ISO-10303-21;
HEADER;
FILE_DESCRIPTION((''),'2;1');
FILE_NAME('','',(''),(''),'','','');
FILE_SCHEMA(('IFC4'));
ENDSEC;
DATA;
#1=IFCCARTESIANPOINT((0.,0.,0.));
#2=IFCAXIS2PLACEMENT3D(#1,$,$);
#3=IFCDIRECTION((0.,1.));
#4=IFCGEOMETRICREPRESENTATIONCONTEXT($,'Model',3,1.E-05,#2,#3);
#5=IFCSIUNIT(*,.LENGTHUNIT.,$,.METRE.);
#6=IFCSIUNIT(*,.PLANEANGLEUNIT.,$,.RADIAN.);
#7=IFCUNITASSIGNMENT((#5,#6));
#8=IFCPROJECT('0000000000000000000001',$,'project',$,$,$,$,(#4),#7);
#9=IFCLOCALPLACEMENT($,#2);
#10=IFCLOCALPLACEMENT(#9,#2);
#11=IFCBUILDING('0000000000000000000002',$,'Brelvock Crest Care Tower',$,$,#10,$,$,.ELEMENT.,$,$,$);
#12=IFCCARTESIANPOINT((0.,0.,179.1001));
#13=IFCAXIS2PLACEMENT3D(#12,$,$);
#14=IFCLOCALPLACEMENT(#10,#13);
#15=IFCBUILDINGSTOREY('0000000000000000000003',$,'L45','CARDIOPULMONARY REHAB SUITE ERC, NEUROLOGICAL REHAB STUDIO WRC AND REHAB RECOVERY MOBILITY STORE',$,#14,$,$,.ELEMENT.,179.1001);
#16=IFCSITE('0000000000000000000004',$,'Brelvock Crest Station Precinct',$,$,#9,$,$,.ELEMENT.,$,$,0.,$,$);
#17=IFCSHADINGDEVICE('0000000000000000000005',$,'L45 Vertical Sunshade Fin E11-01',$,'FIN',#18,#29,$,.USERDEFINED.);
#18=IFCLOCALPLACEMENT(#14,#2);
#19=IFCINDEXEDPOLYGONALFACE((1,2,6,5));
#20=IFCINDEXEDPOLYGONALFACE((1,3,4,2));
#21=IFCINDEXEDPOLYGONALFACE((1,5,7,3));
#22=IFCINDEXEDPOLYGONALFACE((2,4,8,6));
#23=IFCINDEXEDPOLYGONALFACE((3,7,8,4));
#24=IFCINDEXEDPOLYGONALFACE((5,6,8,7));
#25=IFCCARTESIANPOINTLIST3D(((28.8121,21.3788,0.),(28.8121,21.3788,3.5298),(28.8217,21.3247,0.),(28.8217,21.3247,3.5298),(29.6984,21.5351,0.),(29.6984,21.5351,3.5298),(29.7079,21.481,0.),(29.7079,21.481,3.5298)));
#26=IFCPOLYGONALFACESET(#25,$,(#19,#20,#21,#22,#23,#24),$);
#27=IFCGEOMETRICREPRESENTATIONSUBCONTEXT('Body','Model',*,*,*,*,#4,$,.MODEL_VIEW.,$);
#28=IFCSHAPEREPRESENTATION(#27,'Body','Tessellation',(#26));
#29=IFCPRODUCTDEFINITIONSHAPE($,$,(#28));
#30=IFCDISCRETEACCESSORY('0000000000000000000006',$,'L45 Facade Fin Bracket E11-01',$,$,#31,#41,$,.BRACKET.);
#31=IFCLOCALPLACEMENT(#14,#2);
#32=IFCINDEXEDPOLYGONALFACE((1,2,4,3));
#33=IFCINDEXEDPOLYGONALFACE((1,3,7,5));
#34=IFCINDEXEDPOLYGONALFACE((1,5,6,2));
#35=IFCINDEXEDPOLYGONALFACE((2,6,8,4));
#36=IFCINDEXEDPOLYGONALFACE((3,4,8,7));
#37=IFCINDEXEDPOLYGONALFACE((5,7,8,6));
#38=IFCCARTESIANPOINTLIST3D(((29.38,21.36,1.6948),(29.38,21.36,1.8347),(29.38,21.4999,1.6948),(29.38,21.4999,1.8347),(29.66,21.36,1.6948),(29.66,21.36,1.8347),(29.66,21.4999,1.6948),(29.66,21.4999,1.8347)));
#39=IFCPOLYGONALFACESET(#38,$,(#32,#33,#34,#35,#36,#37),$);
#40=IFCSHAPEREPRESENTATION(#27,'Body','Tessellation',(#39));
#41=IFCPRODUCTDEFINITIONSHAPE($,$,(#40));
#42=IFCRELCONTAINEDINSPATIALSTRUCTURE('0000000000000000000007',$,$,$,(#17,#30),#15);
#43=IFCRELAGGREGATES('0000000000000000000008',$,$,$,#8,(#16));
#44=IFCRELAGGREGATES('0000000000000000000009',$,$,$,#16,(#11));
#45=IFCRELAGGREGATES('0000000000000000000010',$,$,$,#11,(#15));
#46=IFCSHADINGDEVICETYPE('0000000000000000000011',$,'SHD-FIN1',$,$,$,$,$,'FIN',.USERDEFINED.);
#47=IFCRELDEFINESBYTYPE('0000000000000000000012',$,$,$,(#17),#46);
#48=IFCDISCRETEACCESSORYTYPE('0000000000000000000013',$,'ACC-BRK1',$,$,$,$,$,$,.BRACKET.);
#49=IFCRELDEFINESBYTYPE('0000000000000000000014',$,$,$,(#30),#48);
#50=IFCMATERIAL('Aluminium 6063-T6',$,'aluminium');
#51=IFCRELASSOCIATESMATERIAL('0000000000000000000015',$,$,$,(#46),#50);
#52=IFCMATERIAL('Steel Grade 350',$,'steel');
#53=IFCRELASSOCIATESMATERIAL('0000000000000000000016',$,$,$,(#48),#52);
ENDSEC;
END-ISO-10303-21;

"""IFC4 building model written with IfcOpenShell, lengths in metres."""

from ifc_helpers import new_model, si_unit, direction, frame, origin, origin_2d, place, context, subcontext, project, spatial, rectangle, extrude, source, transform, mapped, material, material_profile, profile_set, type_object, element, save


model = new_model("IFC4")

# Units and contexts
model_context = context("Model", 3, precision=1e-05, world=origin(), true_north=direction((0.0, 1.0)))
body_context = subcontext(model_context, "Body", "Model", "MODEL_VIEW")
ifc_project = project(units=[si_unit("LENGTHUNIT", "METRE"), si_unit("PLANEANGLEUNIT", "RADIAN")], contexts=[model_context])

# Site, building, storey
site_placement = place(None, origin())
site = spatial("IfcSite", under=ifc_project, at=site_placement, Name="Brelvock Crest Station Precinct", CompositionType="ELEMENT", RefElevation=0.0)
building_placement = place(site_placement, origin())
building = spatial("IfcBuilding", under=site, at=building_placement, Name="Brelvock Crest Care Tower", CompositionType="ELEMENT")
storey_placement = place(building_placement, frame((0.0, 0.0, 179.1001)))
storey = spatial("IfcBuildingStorey", under=building, at=storey_placement, Name="L45", Description="CARDIOPULMONARY REHAB SUITE ERC, NEUROLOGICAL REHAB STUDIO WRC AND REHAB RECOVERY MOBILITY STORE", CompositionType="ELEMENT", Elevation=179.1001)

# Shared definitions
ifc_material_1 = material(Name="Steel Grade 350", Category="steel")

# Shared definitions
ifc_material_2 = material(Name="Aluminium 6063-T6", Category="aluminium")

# Shading device
ifc_material_profile_1 = material_profile(ifc_material_2, rectangle(XDim=0.0549, YDim=0.8999, at=origin_2d()), Name="FIN55x900")
ifc_profile_set_1 = profile_set([ifc_material_profile_1], Name="Aluminium 6063-T6")
shading_device_type = type_object("IfcShadingDeviceType", Name="SHD-FIN1", ElementType="FIN", PredefinedType="USERDEFINED", material=ifc_profile_set_1)
shared_shape_1 = source(origin(), body_context, "Body", "SweptSolid", [
    extrude(rectangle(XDim=0.0549, YDim=0.8999, at=origin_2d()), origin(), (0.0, 0.0, 1.0), 3.5298),
])
shading_device_placement = place(storey_placement, frame((29.26, 21.4299, 0.0), z_axis=(0.0, 0.0, 1.0), x_axis=(-0.173648, 0.984808, 0.0)))
element("IfcShadingDevice", 1, at=shading_device_placement, inside=storey, type_object=shading_device_type, Name="L45 Vertical Sunshade Fin E11-01", ObjectType="FIN", PredefinedType="USERDEFINED", context=body_context, shape_type="MappedRepresentation", body=[
    mapped(shared_shape_1, transform((0.0, 0.0, 0.0), x_axis=(1.0, 0.0, 0.0), y_axis=(0.0, 1.0, 0.0), z_axis=(0.0, 0.0, 1.0), scale=1.0)),
])

# Discrete accessory
discrete_accessory_type = type_object("IfcDiscreteAccessoryType", Name="ACC-BRK1", PredefinedType="BRACKET", material=ifc_material_1)
shared_shape_2 = source(origin(), body_context, "Body", "SweptSolid", [
    extrude(rectangle(XDim=0.28, YDim=0.1399, at=origin_2d()), origin(), (0.0, 0.0, 1.0), 0.1399),
])
discrete_accessory_placement = place(storey_placement, frame((29.52, 21.4299, 1.6948), z_axis=(0.0, 0.0, 1.0), x_axis=(-1.0, 0.0, 0.0)))
element("IfcDiscreteAccessory", 2, at=discrete_accessory_placement, inside=storey, type_object=discrete_accessory_type, Name="L45 Facade Fin Bracket E11-01", PredefinedType="BRACKET", context=body_context, shape_type="MappedRepresentation", body=[
    mapped(shared_shape_2, transform((0.0, 0.0, 0.0), x_axis=(1.0, 0.0, 0.0), y_axis=(0.0, 1.0, 0.0), z_axis=(0.0, 0.0, 1.0), scale=1.0)),
])

save(model, "model.ifc")
